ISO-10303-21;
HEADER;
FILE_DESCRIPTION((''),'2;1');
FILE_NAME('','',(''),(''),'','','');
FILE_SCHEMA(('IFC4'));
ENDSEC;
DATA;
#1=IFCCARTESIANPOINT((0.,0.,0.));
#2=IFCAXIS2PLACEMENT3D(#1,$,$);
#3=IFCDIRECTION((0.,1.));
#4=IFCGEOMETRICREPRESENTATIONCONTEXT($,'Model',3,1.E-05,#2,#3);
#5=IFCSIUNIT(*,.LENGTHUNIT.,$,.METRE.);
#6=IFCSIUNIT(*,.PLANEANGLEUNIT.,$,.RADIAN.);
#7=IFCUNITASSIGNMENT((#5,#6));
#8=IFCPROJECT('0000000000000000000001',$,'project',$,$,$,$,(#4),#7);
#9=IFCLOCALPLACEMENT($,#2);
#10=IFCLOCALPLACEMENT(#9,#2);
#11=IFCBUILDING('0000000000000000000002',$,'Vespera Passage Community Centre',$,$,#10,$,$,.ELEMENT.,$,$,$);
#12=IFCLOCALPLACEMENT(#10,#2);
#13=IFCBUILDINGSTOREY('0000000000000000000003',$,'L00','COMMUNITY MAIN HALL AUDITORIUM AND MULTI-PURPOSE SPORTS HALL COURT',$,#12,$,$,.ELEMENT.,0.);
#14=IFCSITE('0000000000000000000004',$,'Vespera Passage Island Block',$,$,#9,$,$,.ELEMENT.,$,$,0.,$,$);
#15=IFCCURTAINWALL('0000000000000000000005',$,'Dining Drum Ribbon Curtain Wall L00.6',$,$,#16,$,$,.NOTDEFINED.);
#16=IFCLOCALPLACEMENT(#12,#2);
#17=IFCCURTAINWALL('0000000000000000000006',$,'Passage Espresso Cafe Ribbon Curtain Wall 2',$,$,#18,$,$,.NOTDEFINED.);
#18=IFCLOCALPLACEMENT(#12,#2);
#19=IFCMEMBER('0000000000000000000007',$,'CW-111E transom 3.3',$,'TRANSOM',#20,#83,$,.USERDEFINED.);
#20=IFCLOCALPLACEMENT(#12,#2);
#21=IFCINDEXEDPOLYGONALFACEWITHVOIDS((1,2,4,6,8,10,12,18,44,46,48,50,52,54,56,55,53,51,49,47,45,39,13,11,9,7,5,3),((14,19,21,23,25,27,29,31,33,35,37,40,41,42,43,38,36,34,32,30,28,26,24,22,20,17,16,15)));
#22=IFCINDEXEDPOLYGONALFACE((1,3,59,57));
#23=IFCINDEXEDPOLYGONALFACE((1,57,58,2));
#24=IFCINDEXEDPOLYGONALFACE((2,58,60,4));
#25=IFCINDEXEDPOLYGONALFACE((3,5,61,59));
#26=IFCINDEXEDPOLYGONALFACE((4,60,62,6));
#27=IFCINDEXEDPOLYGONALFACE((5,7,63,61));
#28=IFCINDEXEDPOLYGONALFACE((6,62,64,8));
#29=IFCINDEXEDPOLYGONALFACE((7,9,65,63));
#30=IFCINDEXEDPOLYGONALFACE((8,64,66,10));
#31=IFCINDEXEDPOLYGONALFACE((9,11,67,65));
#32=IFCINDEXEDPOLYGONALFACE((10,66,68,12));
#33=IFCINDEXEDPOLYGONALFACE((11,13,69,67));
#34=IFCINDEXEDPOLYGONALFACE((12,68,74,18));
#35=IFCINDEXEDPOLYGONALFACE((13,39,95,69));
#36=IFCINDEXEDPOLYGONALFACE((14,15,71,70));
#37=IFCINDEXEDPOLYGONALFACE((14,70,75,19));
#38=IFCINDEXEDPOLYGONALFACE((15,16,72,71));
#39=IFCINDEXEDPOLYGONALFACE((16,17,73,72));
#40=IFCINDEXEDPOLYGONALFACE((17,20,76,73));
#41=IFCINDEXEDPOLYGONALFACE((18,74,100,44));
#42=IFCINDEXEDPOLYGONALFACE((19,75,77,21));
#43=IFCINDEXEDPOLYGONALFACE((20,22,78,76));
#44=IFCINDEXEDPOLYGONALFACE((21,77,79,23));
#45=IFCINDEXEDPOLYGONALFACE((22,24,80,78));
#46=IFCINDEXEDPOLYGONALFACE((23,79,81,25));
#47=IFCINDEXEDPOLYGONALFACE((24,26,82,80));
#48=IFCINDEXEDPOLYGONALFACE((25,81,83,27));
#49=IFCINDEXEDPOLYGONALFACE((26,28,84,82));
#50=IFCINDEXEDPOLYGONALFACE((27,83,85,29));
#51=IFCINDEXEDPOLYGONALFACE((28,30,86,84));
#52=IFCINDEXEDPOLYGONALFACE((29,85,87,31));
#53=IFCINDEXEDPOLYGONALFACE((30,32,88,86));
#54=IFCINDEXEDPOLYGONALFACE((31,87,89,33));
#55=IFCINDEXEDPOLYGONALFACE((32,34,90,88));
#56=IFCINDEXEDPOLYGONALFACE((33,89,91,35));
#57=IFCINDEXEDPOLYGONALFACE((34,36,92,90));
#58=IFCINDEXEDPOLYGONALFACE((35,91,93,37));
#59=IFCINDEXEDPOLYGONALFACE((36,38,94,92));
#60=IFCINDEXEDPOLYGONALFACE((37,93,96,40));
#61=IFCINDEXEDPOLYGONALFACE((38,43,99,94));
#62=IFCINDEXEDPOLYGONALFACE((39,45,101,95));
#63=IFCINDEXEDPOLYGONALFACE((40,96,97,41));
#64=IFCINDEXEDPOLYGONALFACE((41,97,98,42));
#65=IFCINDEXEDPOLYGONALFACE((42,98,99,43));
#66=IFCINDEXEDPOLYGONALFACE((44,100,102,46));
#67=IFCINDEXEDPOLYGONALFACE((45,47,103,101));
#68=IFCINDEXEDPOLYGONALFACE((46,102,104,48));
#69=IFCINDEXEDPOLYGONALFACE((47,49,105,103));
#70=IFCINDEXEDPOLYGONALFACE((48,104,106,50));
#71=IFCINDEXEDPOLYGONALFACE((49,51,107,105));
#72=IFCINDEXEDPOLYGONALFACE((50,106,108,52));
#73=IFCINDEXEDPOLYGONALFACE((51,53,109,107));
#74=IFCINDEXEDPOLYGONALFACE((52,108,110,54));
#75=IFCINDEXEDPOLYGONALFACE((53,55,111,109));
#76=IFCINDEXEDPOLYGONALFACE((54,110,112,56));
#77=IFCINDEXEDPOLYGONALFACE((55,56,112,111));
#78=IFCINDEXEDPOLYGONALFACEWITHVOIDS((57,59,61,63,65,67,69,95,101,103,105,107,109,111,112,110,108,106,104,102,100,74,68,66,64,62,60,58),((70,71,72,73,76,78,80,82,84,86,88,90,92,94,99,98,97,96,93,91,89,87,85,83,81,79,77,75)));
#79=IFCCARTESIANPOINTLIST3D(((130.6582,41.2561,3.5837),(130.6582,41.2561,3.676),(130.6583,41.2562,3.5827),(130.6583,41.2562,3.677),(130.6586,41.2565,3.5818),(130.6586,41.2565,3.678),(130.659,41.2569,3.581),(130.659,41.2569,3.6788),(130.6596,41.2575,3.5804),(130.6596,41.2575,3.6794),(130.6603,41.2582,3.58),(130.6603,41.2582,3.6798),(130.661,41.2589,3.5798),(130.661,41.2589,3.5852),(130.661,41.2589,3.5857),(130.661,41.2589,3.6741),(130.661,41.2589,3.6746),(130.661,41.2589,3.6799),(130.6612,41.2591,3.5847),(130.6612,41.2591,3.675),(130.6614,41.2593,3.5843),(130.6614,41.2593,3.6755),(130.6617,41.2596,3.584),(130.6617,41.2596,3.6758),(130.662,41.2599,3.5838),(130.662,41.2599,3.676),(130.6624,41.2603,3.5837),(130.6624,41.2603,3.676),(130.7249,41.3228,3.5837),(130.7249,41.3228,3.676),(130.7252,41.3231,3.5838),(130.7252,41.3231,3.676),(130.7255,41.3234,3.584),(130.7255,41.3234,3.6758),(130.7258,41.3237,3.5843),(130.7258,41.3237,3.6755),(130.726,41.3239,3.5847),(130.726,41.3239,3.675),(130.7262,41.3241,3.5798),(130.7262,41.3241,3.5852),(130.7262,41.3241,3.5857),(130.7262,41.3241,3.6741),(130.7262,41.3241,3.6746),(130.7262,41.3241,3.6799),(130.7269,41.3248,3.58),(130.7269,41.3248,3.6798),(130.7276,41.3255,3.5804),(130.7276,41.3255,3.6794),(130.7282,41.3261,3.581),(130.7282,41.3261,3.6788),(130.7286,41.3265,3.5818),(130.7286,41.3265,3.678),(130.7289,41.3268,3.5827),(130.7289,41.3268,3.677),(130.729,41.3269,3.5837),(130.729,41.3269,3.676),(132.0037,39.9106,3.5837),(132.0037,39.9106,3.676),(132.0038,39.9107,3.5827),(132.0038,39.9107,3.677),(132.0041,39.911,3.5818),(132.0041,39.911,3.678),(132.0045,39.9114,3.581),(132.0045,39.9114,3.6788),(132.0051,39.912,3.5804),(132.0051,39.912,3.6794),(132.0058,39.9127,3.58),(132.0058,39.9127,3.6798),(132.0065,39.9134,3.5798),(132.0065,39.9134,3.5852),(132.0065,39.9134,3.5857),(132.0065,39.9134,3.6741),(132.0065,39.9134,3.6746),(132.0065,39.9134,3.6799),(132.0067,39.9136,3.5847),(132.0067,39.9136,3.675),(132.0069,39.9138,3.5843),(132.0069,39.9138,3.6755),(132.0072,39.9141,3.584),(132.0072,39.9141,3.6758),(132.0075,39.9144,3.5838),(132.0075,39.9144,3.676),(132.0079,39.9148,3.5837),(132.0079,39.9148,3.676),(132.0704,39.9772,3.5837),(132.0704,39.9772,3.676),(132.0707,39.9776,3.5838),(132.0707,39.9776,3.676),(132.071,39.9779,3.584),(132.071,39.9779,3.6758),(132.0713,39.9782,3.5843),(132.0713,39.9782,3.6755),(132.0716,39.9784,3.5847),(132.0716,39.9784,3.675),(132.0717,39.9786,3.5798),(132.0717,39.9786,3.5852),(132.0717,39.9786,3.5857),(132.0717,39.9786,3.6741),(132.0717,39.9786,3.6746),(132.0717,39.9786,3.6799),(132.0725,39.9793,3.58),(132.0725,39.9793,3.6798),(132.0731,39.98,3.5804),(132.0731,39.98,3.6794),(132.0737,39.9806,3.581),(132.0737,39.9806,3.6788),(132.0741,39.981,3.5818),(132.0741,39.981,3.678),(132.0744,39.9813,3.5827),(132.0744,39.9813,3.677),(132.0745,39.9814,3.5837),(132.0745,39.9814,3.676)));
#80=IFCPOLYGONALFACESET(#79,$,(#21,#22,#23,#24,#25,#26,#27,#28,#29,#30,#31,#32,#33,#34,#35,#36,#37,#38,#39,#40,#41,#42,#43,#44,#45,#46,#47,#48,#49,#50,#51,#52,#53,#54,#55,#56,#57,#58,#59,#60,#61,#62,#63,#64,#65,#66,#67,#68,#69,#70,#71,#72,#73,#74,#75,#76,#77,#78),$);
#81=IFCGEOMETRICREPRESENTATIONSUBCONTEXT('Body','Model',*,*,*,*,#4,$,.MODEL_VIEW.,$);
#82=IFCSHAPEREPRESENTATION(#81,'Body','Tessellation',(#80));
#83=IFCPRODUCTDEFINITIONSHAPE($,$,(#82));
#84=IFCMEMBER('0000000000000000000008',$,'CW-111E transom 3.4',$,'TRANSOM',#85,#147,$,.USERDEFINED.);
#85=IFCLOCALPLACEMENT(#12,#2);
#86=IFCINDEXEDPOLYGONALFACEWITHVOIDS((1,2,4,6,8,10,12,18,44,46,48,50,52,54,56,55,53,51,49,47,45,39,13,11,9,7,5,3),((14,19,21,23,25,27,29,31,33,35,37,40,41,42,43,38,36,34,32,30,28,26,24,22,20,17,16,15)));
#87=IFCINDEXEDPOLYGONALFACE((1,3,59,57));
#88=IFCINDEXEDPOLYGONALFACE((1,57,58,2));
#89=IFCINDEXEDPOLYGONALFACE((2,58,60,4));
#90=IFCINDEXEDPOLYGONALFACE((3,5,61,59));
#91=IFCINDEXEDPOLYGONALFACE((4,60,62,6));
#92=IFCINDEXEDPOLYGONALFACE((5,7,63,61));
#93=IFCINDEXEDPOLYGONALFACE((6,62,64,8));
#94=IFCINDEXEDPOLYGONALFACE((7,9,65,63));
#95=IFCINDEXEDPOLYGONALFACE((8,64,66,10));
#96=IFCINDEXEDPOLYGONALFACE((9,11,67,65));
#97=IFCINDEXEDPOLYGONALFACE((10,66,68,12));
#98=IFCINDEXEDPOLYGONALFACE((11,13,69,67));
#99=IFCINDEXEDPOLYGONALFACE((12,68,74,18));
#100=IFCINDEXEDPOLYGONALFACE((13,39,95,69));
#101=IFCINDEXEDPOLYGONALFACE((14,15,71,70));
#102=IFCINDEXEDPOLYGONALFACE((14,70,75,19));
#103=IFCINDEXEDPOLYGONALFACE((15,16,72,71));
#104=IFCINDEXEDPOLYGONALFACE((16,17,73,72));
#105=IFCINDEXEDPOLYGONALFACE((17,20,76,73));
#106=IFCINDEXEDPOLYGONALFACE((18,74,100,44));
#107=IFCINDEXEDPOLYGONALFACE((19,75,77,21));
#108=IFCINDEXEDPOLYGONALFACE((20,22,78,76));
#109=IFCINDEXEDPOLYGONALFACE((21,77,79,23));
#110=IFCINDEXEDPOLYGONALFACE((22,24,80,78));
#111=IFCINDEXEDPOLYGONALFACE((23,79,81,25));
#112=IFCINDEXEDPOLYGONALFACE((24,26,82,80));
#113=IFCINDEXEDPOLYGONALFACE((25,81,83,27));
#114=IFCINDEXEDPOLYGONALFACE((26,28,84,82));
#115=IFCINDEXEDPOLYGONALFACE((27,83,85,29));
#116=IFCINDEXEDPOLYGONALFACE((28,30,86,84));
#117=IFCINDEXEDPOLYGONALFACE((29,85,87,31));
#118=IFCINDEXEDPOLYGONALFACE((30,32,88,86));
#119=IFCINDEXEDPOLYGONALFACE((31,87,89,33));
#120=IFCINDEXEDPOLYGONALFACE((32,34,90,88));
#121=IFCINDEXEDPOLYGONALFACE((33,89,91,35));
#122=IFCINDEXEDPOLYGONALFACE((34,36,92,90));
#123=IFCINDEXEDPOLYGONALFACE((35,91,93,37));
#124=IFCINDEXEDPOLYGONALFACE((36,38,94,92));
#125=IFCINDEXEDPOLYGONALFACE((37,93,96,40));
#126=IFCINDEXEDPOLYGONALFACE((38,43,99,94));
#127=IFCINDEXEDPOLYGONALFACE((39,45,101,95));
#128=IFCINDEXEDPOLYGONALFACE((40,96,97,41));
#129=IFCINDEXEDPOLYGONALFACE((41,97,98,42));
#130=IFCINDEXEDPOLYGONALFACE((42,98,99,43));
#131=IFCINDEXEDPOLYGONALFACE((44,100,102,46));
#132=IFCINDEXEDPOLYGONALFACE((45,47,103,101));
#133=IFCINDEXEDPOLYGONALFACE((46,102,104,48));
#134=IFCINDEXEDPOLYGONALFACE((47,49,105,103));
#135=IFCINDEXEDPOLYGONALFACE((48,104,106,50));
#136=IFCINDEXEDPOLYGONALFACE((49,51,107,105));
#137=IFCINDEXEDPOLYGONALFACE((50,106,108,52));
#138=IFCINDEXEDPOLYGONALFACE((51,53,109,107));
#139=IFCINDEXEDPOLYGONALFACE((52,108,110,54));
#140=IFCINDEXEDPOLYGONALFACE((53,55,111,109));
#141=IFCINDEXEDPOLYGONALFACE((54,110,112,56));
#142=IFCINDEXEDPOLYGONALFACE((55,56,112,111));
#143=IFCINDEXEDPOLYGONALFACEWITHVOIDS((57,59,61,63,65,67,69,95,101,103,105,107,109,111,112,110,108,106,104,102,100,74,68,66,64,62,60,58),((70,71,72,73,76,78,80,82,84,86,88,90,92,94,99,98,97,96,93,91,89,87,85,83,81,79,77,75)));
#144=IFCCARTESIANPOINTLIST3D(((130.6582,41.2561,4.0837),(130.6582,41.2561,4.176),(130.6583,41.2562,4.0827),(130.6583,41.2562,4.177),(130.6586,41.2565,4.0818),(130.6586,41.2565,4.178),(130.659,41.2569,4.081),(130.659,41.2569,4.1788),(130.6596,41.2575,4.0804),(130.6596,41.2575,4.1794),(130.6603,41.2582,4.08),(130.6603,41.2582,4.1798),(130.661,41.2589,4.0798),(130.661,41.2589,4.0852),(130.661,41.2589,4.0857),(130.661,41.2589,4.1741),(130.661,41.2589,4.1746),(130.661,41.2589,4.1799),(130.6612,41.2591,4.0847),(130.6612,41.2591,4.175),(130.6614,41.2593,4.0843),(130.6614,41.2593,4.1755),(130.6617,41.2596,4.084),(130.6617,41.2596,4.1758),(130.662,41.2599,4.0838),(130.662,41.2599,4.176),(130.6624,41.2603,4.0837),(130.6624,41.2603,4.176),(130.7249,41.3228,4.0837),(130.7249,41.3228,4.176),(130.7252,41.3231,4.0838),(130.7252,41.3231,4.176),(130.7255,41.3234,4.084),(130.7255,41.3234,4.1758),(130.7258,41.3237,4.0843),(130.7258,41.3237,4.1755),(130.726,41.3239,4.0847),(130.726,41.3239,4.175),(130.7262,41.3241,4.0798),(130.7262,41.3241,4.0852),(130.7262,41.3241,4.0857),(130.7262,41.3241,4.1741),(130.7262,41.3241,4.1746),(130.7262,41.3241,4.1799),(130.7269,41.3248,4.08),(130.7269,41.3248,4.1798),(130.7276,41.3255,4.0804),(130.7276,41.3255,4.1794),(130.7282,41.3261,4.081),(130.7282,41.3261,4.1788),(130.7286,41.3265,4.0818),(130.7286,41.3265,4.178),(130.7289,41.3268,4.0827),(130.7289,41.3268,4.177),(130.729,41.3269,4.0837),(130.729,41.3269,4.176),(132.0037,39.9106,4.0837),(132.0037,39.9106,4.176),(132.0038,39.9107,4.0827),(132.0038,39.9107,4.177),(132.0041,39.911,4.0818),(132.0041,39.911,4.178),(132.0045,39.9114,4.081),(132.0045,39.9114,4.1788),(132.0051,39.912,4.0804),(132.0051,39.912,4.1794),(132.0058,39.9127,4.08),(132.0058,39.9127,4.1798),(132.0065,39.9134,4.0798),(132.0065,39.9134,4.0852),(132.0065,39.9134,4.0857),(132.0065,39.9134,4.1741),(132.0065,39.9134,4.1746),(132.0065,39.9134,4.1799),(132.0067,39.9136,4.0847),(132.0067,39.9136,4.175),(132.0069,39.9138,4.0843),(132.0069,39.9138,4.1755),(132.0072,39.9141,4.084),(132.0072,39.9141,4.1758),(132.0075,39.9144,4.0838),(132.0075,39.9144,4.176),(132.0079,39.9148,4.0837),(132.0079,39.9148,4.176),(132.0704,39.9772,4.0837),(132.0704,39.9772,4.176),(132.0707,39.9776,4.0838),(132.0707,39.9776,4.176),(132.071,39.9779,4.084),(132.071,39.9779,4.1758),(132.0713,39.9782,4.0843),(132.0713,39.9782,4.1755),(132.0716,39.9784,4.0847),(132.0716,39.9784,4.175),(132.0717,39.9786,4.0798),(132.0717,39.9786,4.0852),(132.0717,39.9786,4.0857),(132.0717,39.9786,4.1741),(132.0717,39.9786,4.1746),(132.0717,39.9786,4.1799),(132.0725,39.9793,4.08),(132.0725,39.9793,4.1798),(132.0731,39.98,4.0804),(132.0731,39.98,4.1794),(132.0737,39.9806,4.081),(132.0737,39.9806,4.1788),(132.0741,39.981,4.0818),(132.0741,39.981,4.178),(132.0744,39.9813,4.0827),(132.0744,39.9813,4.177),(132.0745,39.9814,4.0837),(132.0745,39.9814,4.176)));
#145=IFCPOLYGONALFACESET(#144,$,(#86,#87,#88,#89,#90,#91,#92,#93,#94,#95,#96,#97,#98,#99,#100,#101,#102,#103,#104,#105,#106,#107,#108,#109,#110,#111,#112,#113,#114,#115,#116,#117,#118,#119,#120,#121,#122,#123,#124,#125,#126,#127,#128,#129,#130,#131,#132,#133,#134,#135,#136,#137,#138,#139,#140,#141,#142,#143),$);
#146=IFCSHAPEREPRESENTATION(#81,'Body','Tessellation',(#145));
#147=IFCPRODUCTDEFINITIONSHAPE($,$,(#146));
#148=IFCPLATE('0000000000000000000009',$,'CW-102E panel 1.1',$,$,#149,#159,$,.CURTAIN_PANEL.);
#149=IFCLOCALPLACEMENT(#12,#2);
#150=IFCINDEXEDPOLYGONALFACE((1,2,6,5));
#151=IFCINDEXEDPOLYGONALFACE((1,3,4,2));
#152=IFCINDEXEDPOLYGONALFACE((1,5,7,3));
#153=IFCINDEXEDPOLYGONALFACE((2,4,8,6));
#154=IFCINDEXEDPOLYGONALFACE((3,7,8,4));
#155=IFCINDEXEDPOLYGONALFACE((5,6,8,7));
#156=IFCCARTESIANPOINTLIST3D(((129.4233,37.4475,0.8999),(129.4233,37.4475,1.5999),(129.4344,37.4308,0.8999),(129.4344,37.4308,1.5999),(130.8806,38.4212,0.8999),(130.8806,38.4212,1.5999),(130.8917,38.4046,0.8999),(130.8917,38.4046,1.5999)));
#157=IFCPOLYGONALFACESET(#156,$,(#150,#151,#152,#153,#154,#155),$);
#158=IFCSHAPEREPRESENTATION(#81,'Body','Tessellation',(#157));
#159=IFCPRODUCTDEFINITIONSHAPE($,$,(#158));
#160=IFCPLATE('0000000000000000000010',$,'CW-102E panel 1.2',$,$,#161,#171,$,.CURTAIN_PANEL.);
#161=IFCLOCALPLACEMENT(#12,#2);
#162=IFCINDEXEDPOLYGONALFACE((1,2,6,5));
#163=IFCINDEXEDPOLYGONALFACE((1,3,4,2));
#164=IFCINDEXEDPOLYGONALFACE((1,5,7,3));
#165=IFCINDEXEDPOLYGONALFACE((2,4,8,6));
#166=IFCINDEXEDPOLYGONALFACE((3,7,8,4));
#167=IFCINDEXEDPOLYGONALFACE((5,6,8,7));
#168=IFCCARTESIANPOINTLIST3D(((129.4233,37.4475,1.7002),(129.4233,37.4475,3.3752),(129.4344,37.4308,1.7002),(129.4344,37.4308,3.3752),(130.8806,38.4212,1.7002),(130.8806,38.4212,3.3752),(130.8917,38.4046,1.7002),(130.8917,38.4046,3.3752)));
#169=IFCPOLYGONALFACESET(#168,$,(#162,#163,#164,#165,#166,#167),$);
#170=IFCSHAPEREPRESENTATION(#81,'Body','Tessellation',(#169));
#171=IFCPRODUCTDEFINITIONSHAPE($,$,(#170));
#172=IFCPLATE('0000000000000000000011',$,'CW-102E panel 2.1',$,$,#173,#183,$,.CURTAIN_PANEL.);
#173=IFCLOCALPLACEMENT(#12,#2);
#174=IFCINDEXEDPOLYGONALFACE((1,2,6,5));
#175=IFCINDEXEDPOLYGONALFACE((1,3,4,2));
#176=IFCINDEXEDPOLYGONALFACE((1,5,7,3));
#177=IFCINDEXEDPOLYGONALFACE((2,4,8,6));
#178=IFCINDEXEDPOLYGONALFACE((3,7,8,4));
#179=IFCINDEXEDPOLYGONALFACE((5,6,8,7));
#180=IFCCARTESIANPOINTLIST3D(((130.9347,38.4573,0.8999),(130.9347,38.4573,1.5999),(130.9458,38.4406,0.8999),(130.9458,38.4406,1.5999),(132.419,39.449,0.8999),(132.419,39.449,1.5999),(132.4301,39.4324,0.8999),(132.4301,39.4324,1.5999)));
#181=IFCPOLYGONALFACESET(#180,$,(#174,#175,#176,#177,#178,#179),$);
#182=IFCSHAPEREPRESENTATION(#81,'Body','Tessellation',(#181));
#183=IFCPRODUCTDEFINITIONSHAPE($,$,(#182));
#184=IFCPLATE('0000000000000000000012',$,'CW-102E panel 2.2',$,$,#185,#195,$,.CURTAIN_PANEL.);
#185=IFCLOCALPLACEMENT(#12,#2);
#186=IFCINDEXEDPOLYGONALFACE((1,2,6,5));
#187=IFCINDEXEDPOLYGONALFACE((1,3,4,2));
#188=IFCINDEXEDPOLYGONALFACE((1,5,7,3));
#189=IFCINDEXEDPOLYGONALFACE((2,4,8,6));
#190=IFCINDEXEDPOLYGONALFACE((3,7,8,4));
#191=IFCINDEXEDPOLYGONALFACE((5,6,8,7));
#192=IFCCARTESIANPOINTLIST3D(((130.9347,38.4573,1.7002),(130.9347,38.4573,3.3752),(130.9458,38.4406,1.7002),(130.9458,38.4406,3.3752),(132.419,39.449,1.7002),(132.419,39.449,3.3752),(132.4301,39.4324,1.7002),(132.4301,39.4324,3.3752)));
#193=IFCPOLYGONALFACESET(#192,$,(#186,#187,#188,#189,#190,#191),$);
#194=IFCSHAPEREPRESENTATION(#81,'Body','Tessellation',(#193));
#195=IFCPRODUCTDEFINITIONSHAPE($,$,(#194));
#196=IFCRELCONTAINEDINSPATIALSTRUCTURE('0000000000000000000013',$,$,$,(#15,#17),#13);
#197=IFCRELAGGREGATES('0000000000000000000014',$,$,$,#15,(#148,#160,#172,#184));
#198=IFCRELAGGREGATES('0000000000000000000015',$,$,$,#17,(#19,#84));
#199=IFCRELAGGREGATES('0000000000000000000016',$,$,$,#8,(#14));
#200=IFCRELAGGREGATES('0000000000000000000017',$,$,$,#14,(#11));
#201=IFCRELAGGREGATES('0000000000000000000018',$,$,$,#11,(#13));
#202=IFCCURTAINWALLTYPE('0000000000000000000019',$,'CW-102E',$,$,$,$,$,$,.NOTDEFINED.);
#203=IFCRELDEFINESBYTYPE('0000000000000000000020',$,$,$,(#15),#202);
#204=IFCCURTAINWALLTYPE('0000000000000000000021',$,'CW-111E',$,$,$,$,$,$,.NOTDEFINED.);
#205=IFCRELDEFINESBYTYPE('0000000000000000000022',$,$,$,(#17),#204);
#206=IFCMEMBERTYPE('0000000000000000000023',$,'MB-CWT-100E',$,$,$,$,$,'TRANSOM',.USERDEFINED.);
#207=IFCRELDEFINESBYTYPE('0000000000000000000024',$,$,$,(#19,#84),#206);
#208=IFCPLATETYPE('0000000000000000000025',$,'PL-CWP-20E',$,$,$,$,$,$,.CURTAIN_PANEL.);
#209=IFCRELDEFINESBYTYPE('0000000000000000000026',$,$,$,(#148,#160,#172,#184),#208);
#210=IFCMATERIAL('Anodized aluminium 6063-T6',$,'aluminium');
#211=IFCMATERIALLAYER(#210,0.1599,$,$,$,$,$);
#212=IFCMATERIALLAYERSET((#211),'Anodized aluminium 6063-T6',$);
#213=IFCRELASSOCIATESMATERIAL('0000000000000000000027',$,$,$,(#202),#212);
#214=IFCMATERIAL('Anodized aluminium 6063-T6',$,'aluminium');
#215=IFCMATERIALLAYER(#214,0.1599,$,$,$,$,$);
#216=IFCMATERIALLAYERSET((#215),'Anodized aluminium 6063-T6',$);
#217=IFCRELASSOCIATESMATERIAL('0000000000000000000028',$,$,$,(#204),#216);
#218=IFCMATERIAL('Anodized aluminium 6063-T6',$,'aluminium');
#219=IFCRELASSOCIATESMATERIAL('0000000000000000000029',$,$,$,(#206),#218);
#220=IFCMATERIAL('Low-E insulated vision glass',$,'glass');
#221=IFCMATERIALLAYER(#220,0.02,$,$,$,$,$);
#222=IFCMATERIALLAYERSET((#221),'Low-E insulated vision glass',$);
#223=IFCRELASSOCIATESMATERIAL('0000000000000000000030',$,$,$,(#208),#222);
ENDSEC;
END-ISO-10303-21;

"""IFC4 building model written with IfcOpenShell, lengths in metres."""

from ifc_helpers import new_model, si_unit, direction, frame, origin, origin_2d, place, context, subcontext, project, spatial, rectangle, hollow_rectangle, extrude, material, layer, layer_set, material_profile, profile_set, type_object, element, aggregate, save


model = new_model("IFC4")

# Units and contexts
model_context = context("Model", 3, precision=1e-05, world=origin(), true_north=direction((0.0, 1.0)))
body_context = subcontext(model_context, "Body", "Model", "MODEL_VIEW")
ifc_project = project(units=[si_unit("LENGTHUNIT", "METRE"), si_unit("PLANEANGLEUNIT", "RADIAN")], contexts=[model_context])

# Site, building, storey
site_placement = place(None, origin())
site = spatial("IfcSite", under=ifc_project, at=site_placement, Name="Vespera Passage Island Block", CompositionType="ELEMENT", RefElevation=0.0)
building_placement = place(site_placement, origin())
building = spatial("IfcBuilding", under=site, at=building_placement, Name="Vespera Passage Community Centre", CompositionType="ELEMENT")
storey_placement = place(building_placement, origin())
storey = spatial("IfcBuildingStorey", under=building, at=storey_placement, Name="L00", Description="COMMUNITY MAIN HALL AUDITORIUM AND MULTI-PURPOSE SPORTS HALL COURT", CompositionType="ELEMENT", Elevation=0.0)

# Curtain walls
ifc_material_1 = material(Name="Anodized aluminium 6063-T6", Category="aluminium")
ifc_layer_1 = layer(ifc_material_1, 0.1599)
ifc_layer_set_1 = layer_set([ifc_layer_1], Name="Anodized aluminium 6063-T6")
curtain_wall_type_1 = type_object("IfcCurtainWallType", Name="CW-102E", PredefinedType="NOTDEFINED", material=ifc_layer_set_1)
curtain_wall_1_placement = place(storey_placement, origin())
curtain_wall_1 = element("IfcCurtainWall", 1, at=curtain_wall_1_placement, inside=storey, type_object=curtain_wall_type_1, Name="Dining Drum Ribbon Curtain Wall L00.6", PredefinedType="NOTDEFINED")
ifc_material_2 = material(Name="Anodized aluminium 6063-T6", Category="aluminium")
ifc_layer_2 = layer(ifc_material_2, 0.1599)
ifc_layer_set_2 = layer_set([ifc_layer_2], Name="Anodized aluminium 6063-T6")
curtain_wall_type_2 = type_object("IfcCurtainWallType", Name="CW-111E", PredefinedType="NOTDEFINED", material=ifc_layer_set_2)
curtain_wall_2_placement = place(storey_placement, origin())
curtain_wall_2 = element("IfcCurtainWall", 2, at=curtain_wall_2_placement, inside=storey, type_object=curtain_wall_type_2, Name="Passage Espresso Cafe Ribbon Curtain Wall 2", PredefinedType="NOTDEFINED")

# Members
ifc_material_3 = material(Name="Anodized aluminium 6063-T6", Category="aluminium")
ifc_material_profile_1 = material_profile(ifc_material_3, hollow_rectangle(XDim=0.1001, YDim=0.1001, WallThickness=0.0039, InnerFilletRadius=0.002, OuterFilletRadius=0.0039, at=origin_2d()), Name="ALU100X100X4")
ifc_profile_set_1 = profile_set([ifc_material_profile_1], Name="Anodized aluminium 6063-T6")
member_type_1 = type_object("IfcMemberType", Name="MB-CWT-100E", ElementType="TRANSOM", PredefinedType="USERDEFINED", material=ifc_profile_set_1)
member_1_placement = place(storey_placement, frame((130.6936, 41.2915, 3.6299), z_axis=(0.707107, -0.707107, 0.0), x_axis=(0.707107, 0.707107, 0.0)))
member_1 = element("IfcMember", 3, at=member_1_placement, type_object=member_type_1, Name="CW-111E transom 3.3", ObjectType="TRANSOM", PredefinedType="USERDEFINED", context=body_context, shape_type="SweptSolid", body=[
    extrude(hollow_rectangle(XDim=0.1001, YDim=0.1001, WallThickness=0.0039, InnerFilletRadius=0.002, OuterFilletRadius=0.0039, at=origin_2d()), origin(), (0.0, 0.0, 1.0), 1.9028),
])
member_2_placement = place(storey_placement, frame((130.6936, 41.2915, 4.1299), z_axis=(0.707107, -0.707107, 0.0), x_axis=(0.707107, 0.707107, 0.0)))
member_2 = element("IfcMember", 4, at=member_2_placement, type_object=member_type_1, Name="CW-111E transom 3.4", ObjectType="TRANSOM", PredefinedType="USERDEFINED", context=body_context, shape_type="SweptSolid", body=[
    extrude(hollow_rectangle(XDim=0.1001, YDim=0.1001, WallThickness=0.0039, InnerFilletRadius=0.002, OuterFilletRadius=0.0039, at=origin_2d()), origin(), (0.0, 0.0, 1.0), 1.9028),
])

# Plates
ifc_material_4 = material(Name="Low-E insulated vision glass", Category="glass")
ifc_layer_3 = layer(ifc_material_4, 0.02)
ifc_layer_set_3 = layer_set([ifc_layer_3], Name="Low-E insulated vision glass")
plate_type = type_object("IfcPlateType", Name="PL-CWP-20E", PredefinedType="CURTAIN_PANEL", material=ifc_layer_set_3)
plate_1_placement = place(storey_placement, frame((130.1575, 37.926, 0.8999), z_axis=(0.0, 0.0, 1.0), x_axis=(0.831473, 0.555565, 0.0)))
plate_1 = element("IfcPlate", 5, at=plate_1_placement, type_object=plate_type, Name="CW-102E panel 1.1", PredefinedType="CURTAIN_PANEL", context=body_context, shape_type="SweptSolid", body=[
    extrude(rectangle(XDim=1.7527, YDim=0.02, at=origin_2d()), origin(), (0.0, 0.0, 1.0), 0.7),
])
plate_2_placement = place(storey_placement, frame((130.1575, 37.926, 1.7002), z_axis=(0.0, 0.0, 1.0), x_axis=(0.831473, 0.555565, 0.0)))
plate_2 = element("IfcPlate", 6, at=plate_2_placement, type_object=plate_type, Name="CW-102E panel 1.2", PredefinedType="CURTAIN_PANEL", context=body_context, shape_type="SweptSolid", body=[
    extrude(rectangle(XDim=1.7527, YDim=0.02, at=origin_2d()), origin(), (0.0, 0.0, 1.0), 1.675),
])
plate_3_placement = place(storey_placement, frame((131.6824, 38.9448, 0.8999), z_axis=(0.0, 0.0, 1.0), x_axis=(0.831473, 0.555565, 0.0)))
plate_3 = element("IfcPlate", 7, at=plate_3_placement, type_object=plate_type, Name="CW-102E panel 2.1", PredefinedType="CURTAIN_PANEL", context=body_context, shape_type="SweptSolid", body=[
    extrude(rectangle(XDim=1.7852, YDim=0.02, at=origin_2d()), origin(), (0.0, 0.0, 1.0), 0.7),
])
plate_4_placement = place(storey_placement, frame((131.6824, 38.9448, 1.7002), z_axis=(0.0, 0.0, 1.0), x_axis=(0.831473, 0.555565, 0.0)))
plate_4 = element("IfcPlate", 8, at=plate_4_placement, type_object=plate_type, Name="CW-102E panel 2.2", PredefinedType="CURTAIN_PANEL", context=body_context, shape_type="SweptSolid", body=[
    extrude(rectangle(XDim=1.7852, YDim=0.02, at=origin_2d()), origin(), (0.0, 0.0, 1.0), 1.675),
])
aggregate(curtain_wall_1, [plate_1, plate_2, plate_3, plate_4])
aggregate(curtain_wall_2, [member_1, member_2])

save(model, "model.ifc")
